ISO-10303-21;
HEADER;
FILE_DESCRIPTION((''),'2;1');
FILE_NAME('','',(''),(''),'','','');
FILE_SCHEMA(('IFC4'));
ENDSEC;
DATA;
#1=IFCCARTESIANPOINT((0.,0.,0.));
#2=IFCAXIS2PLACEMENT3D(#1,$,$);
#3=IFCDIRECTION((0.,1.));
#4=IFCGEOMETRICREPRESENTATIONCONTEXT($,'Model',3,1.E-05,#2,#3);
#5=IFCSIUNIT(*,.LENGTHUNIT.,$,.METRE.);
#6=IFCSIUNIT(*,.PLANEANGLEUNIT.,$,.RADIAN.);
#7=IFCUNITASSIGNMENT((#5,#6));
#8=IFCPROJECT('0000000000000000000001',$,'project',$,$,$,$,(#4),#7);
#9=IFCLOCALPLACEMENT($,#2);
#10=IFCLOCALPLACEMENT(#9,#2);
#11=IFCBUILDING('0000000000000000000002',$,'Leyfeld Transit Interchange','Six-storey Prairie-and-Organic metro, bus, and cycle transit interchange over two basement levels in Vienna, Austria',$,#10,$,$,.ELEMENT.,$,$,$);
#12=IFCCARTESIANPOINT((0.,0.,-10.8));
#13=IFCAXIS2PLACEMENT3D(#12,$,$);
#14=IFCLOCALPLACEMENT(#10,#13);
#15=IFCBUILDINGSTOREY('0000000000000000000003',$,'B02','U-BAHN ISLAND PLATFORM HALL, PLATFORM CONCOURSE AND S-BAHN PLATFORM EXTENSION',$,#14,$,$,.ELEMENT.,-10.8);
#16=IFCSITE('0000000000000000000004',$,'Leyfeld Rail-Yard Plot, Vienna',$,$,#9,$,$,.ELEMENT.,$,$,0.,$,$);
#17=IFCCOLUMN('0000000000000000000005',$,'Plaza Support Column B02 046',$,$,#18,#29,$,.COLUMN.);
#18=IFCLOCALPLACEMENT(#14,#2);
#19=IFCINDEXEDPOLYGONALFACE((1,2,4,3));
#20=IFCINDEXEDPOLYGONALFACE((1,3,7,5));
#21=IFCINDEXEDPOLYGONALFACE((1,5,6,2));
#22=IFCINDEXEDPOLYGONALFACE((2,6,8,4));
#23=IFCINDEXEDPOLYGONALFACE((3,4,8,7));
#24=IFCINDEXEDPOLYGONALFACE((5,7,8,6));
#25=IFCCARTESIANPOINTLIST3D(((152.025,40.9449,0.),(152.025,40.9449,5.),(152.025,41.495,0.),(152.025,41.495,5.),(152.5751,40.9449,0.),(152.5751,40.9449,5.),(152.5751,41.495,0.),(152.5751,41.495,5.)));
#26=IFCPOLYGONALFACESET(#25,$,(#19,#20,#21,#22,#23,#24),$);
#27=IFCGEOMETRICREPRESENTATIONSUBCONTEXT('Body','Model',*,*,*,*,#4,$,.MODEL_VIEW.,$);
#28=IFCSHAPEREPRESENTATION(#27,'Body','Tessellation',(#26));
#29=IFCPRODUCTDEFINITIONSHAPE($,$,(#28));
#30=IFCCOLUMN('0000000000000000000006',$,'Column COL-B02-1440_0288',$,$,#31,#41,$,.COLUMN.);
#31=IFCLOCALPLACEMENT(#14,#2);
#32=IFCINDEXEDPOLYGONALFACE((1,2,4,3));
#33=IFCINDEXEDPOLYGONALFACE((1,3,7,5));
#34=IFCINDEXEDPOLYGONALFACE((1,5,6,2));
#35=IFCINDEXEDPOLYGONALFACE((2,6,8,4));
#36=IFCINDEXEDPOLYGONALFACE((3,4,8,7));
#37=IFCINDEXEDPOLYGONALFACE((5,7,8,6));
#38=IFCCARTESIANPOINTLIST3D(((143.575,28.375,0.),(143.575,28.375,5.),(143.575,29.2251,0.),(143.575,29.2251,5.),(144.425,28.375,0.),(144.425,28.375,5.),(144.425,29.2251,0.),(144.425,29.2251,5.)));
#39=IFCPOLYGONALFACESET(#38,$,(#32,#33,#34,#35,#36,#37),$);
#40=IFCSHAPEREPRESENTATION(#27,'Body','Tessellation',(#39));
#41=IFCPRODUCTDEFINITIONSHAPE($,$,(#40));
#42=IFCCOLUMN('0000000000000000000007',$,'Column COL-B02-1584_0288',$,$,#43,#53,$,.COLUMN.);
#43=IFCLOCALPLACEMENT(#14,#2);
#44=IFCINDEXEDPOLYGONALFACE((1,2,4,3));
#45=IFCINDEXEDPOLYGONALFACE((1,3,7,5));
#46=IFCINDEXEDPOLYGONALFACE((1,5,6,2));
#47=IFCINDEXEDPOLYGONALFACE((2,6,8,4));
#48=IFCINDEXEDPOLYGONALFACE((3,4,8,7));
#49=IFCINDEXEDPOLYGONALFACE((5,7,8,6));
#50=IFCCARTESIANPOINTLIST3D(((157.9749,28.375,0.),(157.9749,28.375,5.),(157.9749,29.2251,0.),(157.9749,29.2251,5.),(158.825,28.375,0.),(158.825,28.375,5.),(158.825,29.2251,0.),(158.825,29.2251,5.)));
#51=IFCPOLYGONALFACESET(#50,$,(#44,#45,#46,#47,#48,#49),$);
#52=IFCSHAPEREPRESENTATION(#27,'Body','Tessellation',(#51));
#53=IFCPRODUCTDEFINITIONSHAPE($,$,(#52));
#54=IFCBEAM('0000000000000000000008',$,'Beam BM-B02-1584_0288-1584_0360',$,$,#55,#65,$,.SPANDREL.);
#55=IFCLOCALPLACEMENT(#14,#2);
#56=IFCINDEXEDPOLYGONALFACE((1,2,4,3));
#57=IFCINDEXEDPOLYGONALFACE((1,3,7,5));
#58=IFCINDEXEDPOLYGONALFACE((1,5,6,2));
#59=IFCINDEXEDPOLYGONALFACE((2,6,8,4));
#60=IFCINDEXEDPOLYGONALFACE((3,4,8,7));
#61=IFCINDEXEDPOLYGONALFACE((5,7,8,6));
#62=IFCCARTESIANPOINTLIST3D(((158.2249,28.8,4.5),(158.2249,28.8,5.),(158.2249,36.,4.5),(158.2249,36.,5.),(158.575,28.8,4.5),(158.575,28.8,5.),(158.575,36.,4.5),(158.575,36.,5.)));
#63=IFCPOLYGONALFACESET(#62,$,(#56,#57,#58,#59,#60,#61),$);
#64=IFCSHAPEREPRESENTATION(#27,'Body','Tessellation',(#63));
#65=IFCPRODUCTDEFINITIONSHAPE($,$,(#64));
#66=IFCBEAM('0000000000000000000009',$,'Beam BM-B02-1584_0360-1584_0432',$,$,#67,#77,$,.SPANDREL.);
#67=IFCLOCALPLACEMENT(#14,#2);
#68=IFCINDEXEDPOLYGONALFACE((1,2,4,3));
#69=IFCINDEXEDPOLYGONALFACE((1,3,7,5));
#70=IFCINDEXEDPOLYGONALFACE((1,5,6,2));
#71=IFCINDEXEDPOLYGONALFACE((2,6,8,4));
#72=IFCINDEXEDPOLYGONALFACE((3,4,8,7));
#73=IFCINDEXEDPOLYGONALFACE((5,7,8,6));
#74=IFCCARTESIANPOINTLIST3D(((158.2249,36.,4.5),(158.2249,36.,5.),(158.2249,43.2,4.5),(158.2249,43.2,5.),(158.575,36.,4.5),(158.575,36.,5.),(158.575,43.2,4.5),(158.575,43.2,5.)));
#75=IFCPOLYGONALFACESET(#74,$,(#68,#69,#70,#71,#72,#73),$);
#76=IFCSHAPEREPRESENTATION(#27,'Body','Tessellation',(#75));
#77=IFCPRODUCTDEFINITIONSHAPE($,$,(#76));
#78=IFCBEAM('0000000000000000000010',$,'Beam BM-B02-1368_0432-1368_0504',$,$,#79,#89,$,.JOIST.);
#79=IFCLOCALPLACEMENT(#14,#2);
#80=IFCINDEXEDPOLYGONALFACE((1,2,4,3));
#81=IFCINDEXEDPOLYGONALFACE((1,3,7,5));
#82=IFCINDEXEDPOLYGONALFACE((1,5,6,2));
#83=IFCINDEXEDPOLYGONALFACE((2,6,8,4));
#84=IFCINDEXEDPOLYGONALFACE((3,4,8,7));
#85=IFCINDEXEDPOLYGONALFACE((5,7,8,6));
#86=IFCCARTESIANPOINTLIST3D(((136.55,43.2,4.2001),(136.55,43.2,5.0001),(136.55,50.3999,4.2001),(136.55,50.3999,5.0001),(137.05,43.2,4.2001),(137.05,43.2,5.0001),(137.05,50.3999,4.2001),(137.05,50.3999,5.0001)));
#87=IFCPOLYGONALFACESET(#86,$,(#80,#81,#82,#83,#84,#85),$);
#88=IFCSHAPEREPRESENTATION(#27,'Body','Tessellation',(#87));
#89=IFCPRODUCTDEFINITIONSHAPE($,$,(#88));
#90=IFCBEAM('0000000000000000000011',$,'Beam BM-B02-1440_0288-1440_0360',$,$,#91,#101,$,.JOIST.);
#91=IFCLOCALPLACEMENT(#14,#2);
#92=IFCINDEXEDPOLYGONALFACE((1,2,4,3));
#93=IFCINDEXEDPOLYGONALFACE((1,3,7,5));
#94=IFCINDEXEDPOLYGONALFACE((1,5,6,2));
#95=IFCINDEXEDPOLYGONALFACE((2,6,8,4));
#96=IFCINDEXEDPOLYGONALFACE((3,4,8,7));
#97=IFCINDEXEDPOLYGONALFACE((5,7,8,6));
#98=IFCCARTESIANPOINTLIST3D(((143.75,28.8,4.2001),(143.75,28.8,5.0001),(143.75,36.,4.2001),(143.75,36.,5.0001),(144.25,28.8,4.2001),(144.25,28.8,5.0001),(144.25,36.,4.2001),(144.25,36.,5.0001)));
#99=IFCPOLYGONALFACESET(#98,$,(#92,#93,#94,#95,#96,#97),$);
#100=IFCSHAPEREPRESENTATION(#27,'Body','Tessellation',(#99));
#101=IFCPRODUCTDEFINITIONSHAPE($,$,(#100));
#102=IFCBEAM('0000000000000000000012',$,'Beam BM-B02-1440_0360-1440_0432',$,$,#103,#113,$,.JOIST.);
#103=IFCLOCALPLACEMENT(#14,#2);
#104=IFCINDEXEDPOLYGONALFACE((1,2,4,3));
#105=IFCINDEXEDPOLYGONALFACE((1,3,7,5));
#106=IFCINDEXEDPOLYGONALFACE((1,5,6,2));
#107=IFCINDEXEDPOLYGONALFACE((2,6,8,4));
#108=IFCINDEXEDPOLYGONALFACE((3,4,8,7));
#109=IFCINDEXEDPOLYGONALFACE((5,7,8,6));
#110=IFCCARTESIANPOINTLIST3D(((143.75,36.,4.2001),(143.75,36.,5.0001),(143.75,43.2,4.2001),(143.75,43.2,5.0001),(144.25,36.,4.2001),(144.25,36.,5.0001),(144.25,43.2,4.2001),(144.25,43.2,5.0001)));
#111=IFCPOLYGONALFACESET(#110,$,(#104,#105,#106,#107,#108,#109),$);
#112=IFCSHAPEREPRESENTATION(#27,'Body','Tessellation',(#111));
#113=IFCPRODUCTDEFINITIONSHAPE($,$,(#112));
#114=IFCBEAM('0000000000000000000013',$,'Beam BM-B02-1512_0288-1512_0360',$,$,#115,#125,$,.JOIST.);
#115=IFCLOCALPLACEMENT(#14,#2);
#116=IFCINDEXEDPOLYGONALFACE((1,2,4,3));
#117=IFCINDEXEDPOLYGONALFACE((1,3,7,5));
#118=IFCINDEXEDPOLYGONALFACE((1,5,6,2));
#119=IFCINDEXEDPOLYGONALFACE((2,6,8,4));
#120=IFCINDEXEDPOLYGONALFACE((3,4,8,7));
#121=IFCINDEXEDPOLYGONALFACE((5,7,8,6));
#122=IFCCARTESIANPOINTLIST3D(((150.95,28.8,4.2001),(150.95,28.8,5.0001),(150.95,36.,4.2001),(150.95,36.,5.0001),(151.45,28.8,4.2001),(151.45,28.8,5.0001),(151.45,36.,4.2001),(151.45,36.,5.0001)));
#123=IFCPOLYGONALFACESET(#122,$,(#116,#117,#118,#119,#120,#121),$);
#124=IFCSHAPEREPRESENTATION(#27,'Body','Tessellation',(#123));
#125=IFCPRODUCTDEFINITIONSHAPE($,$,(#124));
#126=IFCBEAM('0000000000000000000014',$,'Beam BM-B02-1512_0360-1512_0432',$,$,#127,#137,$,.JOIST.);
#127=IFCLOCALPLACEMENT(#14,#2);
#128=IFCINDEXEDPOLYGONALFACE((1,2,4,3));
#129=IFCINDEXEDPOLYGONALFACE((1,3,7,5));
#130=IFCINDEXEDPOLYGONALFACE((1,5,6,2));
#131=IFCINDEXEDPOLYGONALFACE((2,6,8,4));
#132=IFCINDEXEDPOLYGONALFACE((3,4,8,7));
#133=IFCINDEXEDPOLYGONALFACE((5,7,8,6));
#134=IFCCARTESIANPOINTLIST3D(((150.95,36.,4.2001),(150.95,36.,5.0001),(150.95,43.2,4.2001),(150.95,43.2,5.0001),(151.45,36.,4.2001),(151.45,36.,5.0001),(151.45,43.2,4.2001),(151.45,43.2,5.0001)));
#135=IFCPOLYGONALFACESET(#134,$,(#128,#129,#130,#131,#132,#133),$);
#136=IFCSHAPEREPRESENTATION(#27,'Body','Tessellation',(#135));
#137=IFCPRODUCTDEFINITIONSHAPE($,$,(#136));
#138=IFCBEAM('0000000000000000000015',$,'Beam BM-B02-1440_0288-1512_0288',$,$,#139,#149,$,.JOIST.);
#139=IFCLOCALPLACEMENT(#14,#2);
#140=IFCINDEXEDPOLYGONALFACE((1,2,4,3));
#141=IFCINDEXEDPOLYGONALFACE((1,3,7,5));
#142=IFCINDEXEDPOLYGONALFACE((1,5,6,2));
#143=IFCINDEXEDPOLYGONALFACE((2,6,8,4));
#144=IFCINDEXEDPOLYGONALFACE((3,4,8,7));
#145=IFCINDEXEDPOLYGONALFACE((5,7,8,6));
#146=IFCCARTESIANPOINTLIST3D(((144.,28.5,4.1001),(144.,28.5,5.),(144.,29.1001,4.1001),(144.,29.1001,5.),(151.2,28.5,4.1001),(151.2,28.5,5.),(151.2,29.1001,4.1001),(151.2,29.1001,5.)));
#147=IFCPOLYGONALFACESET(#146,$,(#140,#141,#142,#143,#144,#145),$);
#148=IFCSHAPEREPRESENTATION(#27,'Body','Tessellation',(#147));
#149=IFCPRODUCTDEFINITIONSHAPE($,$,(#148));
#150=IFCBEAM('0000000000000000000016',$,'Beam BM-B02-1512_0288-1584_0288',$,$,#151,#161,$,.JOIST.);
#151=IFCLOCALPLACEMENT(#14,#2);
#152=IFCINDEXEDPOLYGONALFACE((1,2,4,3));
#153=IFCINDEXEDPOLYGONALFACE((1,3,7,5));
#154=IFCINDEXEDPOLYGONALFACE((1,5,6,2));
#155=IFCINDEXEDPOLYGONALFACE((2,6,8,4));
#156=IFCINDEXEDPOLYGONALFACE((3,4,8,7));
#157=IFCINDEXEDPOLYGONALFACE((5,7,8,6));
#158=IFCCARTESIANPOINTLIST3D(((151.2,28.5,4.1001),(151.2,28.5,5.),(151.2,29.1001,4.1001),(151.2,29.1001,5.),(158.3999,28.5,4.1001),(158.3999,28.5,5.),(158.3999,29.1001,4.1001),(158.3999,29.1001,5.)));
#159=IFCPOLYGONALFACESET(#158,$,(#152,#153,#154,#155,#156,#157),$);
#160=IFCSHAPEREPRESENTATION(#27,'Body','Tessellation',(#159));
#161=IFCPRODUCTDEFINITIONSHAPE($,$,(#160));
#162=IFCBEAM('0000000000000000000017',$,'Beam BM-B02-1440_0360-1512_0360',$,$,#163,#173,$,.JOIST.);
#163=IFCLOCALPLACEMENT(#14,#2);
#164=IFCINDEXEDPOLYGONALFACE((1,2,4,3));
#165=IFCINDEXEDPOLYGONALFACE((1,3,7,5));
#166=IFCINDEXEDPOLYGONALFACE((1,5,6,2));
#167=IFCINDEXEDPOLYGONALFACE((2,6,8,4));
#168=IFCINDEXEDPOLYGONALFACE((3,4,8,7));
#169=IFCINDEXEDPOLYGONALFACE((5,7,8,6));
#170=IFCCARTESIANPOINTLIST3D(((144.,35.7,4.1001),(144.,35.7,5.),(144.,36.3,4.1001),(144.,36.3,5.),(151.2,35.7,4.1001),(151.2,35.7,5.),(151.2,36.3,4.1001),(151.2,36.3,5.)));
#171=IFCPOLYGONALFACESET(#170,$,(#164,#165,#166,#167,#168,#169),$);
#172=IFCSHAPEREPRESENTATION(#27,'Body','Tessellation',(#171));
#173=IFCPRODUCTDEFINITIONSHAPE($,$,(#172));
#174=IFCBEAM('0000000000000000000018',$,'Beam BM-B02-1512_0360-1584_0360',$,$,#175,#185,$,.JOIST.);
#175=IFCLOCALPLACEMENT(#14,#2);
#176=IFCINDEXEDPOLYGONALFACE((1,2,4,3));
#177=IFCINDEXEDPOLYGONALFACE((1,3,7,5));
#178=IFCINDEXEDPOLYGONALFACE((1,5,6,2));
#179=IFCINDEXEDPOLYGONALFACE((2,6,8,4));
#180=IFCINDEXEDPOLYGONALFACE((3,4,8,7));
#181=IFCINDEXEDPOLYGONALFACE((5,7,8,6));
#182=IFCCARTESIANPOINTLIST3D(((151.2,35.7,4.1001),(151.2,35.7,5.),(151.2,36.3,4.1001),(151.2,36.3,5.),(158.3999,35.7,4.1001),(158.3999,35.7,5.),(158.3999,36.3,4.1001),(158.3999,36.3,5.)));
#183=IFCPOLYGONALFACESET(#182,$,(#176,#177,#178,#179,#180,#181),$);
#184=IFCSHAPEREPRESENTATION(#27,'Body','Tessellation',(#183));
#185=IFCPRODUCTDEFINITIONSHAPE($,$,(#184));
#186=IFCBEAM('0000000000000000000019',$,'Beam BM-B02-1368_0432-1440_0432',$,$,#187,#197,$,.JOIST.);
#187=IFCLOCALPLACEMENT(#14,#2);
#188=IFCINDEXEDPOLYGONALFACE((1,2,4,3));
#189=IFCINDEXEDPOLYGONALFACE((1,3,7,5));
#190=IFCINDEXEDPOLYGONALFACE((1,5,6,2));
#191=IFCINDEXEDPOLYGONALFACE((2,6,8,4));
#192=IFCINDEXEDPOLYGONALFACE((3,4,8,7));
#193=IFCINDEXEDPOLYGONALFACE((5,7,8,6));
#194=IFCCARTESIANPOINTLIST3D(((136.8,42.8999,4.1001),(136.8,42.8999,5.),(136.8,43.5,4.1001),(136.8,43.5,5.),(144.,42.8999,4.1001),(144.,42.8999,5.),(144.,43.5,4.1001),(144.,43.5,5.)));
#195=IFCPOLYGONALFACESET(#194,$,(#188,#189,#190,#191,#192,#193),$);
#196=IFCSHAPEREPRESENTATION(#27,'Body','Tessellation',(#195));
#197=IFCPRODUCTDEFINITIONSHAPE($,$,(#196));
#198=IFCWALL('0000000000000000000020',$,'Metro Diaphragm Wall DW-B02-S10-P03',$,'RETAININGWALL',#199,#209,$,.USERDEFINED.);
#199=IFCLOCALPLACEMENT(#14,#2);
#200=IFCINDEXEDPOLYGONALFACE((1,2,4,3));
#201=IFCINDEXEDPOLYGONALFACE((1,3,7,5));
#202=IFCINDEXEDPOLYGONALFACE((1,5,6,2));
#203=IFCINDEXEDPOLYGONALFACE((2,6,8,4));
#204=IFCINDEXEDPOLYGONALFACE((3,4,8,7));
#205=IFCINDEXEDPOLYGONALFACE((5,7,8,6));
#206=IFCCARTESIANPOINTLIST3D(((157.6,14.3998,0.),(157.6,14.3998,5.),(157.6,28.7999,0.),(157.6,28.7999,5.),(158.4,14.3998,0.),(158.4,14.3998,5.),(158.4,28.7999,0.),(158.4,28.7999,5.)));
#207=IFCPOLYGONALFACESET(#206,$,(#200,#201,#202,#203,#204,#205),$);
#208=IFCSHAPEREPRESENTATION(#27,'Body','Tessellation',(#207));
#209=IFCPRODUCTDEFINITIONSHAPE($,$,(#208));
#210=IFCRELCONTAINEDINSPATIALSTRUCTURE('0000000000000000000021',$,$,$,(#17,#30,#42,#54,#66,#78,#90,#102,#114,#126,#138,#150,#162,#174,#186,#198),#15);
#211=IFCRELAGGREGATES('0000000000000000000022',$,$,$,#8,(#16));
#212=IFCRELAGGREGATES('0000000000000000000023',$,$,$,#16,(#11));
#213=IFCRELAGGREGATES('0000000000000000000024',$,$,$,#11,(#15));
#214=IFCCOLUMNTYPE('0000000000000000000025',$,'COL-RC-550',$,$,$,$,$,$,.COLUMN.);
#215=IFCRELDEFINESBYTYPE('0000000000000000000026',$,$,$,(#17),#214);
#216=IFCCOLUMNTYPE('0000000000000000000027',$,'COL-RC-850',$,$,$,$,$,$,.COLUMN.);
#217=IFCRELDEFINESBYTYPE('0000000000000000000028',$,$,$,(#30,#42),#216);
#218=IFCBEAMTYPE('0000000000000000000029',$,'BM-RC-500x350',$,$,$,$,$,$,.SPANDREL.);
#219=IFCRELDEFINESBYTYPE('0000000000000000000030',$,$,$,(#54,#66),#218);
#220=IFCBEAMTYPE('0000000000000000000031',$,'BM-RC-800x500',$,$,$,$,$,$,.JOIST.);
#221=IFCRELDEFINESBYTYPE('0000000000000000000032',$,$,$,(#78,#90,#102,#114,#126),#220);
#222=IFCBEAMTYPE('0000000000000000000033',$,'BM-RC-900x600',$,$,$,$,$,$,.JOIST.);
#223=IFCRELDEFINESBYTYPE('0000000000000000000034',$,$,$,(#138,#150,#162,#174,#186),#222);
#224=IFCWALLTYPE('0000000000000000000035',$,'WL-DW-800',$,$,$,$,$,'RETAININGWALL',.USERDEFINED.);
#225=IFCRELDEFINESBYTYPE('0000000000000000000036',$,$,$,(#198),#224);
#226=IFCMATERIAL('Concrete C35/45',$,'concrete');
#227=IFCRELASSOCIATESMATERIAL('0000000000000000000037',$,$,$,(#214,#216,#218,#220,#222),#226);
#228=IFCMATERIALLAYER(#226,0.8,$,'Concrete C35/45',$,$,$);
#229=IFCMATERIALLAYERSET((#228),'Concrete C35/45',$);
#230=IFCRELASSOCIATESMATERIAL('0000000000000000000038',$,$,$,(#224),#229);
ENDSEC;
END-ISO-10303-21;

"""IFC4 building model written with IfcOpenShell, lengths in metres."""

from ifc_helpers import new_model, si_unit, direction, frame, frame_2d, origin, origin_2d, place, context, subcontext, project, spatial, rectangle, extrude, material, layer, layer_set, material_profile, profile_set, type_object, element, save


model = new_model("IFC4")

# Units and contexts
model_context = context("Model", 3, precision=1e-05, world=origin(), true_north=direction((0.0, 1.0)))
body_context = subcontext(model_context, "Body", "Model", "MODEL_VIEW")
ifc_project = project(units=[si_unit("LENGTHUNIT", "METRE"), si_unit("PLANEANGLEUNIT", "RADIAN")], contexts=[model_context])

# Site, building, storey
site_placement = place(None, origin())
site = spatial("IfcSite", under=ifc_project, at=site_placement, Name="Leyfeld Rail-Yard Plot, Vienna", CompositionType="ELEMENT", RefElevation=0.0)
building_placement = place(site_placement, origin())
building = spatial("IfcBuilding", under=site, at=building_placement, Name="Leyfeld Transit Interchange", Description="Six-storey Prairie-and-Organic metro, bus, and cycle transit interchange over two basement levels in Vienna, Austria", CompositionType="ELEMENT")
storey_placement = place(building_placement, frame((0.0, 0.0, -10.8)))
storey = spatial("IfcBuildingStorey", under=building, at=storey_placement, Name="B02", Description="U-BAHN ISLAND PLATFORM HALL, PLATFORM CONCOURSE AND S-BAHN PLATFORM EXTENSION", CompositionType="ELEMENT", Elevation=-10.8)

# Shared definitions
ifc_material = material(Name="Concrete C35/45", Category="concrete")

# Columns
ifc_material_profile_1 = material_profile(ifc_material, rectangle(XDim=0.55, YDim=0.55, at=origin_2d()), Name="RC 550x550")
ifc_profile_set_1 = profile_set([ifc_material_profile_1], Name="Concrete C35/45")
column_type_1 = type_object("IfcColumnType", Name="COL-RC-550", PredefinedType="COLUMN", material=ifc_profile_set_1)
for number, where, z_axis, x_axis, name in (
    (1, (152.3, 41.22, 0.0), (0.0, 0.0, 1.0), (1.0, 0.0, 0.0), "Plaza Support Column B02 046"),
):
    element("IfcColumn", number, at=place(storey_placement, frame(where, z_axis=z_axis, x_axis=x_axis)), inside=storey, type_object=column_type_1, Name=name, PredefinedType="COLUMN", context=body_context, shape_type="SweptSolid", body=[
        extrude(rectangle(XDim=0.55, YDim=0.55, at=origin_2d()), origin(), (0.0, 0.0, 1.0), 5.0),
    ])
ifc_material_profile_2 = material_profile(ifc_material, rectangle(XDim=0.8501, YDim=0.8501, at=origin_2d()), Name="RC 850x850")
ifc_profile_set_2 = profile_set([ifc_material_profile_2], Name="Concrete C35/45")
column_type_2 = type_object("IfcColumnType", Name="COL-RC-850", PredefinedType="COLUMN", material=ifc_profile_set_2)
for number, where, z_axis, x_axis, name in (
    (2, (144.0, 28.8, 0.0), (0.0, 0.0, 1.0), (1.0, 0.0, 0.0), "Column COL-B02-1440_0288"),
    (3, (158.3999, 28.8, 0.0), (0.0, 0.0, 1.0), (1.0, 0.0, 0.0), "Column COL-B02-1584_0288"),
):
    element("IfcColumn", number, at=place(storey_placement, frame(where, z_axis=z_axis, x_axis=x_axis)), inside=storey, type_object=column_type_2, Name=name, PredefinedType="COLUMN", context=body_context, shape_type="SweptSolid", body=[
        extrude(rectangle(XDim=0.8501, YDim=0.8501, at=origin_2d()), origin(), (0.0, 0.0, 1.0), 5.0),
    ])

# Beams
ifc_material_profile_3 = material_profile(ifc_material, rectangle(XDim=0.3501, YDim=0.5, at=origin_2d()), Name="RC 500x350")
ifc_profile_set_3 = profile_set([ifc_material_profile_3], Name="Concrete C35/45")
beam_type_1 = type_object("IfcBeamType", Name="BM-RC-500x350", PredefinedType="SPANDREL", material=ifc_profile_set_3)
for number, where, z_axis, x_axis, name in (
    (4, (158.3999, 28.8, 4.75), (0.0, 1.0, 0.0), (-1.0, 0.0, 0.0), "Beam BM-B02-1584_0288-1584_0360"),
    (5, (158.3999, 36.0, 4.75), (0.0, 1.0, 0.0), (-1.0, 0.0, 0.0), "Beam BM-B02-1584_0360-1584_0432"),
):
    element("IfcBeam", number, at=place(storey_placement, frame(where, z_axis=z_axis, x_axis=x_axis)), inside=storey, type_object=beam_type_1, Name=name, PredefinedType="SPANDREL", context=body_context, shape_type="SweptSolid", body=[
        extrude(rectangle(XDim=0.3501, YDim=0.5, at=origin_2d()), origin(), (0.0, 0.0, 1.0), 7.2),
    ])
ifc_material_profile_4 = material_profile(ifc_material, rectangle(XDim=0.5, YDim=0.8, at=origin_2d()), Name="RC 800x500")
ifc_profile_set_4 = profile_set([ifc_material_profile_4], Name="Concrete C35/45")
beam_type_2 = type_object("IfcBeamType", Name="BM-RC-800x500", PredefinedType="JOIST", material=ifc_profile_set_4)
for number, where, z_axis, x_axis, name in (
    (6, (136.8, 43.2, 4.6001), (0.0, 1.0, 0.0), (-1.0, 0.0, 0.0), "Beam BM-B02-1368_0432-1368_0504"),
    (7, (144.0, 28.8, 4.6001), (0.0, 1.0, 0.0), (-1.0, 0.0, 0.0), "Beam BM-B02-1440_0288-1440_0360"),
    (8, (144.0, 36.0, 4.6001), (0.0, 1.0, 0.0), (-1.0, 0.0, 0.0), "Beam BM-B02-1440_0360-1440_0432"),
    (9, (151.2, 28.8, 4.6001), (0.0, 1.0, 0.0), (-1.0, 0.0, 0.0), "Beam BM-B02-1512_0288-1512_0360"),
    (10, (151.2, 36.0, 4.6001), (0.0, 1.0, 0.0), (-1.0, 0.0, 0.0), "Beam BM-B02-1512_0360-1512_0432"),
):
    element("IfcBeam", number, at=place(storey_placement, frame(where, z_axis=z_axis, x_axis=x_axis)), inside=storey, type_object=beam_type_2, Name=name, PredefinedType="JOIST", context=body_context, shape_type="SweptSolid", body=[
        extrude(rectangle(XDim=0.5, YDim=0.8, at=origin_2d()), origin(), (0.0, 0.0, 1.0), 7.2),
    ])
ifc_material_profile_5 = material_profile(ifc_material, rectangle(XDim=0.6001, YDim=0.8999, at=origin_2d()), Name="RC 900x600")
ifc_profile_set_5 = profile_set([ifc_material_profile_5], Name="Concrete C35/45")
beam_type_3 = type_object("IfcBeamType", Name="BM-RC-900x600", PredefinedType="JOIST", material=ifc_profile_set_5)
for number, where, z_axis, x_axis, name in (
    (11, (144.0, 28.8, 4.55), (1.0, 0.0, 0.0), (0.0, 1.0, 0.0), "Beam BM-B02-1440_0288-1512_0288"),
    (12, (151.2, 28.8, 4.55), (1.0, 0.0, 0.0), (0.0, 1.0, 0.0), "Beam BM-B02-1512_0288-1584_0288"),
    (13, (144.0, 36.0, 4.55), (1.0, 0.0, 0.0), (0.0, 1.0, 0.0), "Beam BM-B02-1440_0360-1512_0360"),
    (14, (151.2, 36.0, 4.55), (1.0, 0.0, 0.0), (0.0, 1.0, 0.0), "Beam BM-B02-1512_0360-1584_0360"),
    (15, (136.8, 43.2, 4.55), (1.0, 0.0, 0.0), (0.0, 1.0, 0.0), "Beam BM-B02-1368_0432-1440_0432"),
):
    element("IfcBeam", number, at=place(storey_placement, frame(where, z_axis=z_axis, x_axis=x_axis)), inside=storey, type_object=beam_type_3, Name=name, PredefinedType="JOIST", context=body_context, shape_type="SweptSolid", body=[
        extrude(rectangle(XDim=0.6001, YDim=0.8999, at=origin_2d()), origin(), (0.0, 0.0, 1.0), 7.2),
    ])

# Wall
ifc_layer = layer(ifc_material, 0.8, Name="Concrete C35/45")
ifc_layer_set = layer_set([ifc_layer], Name="Concrete C35/45")
wall_type = type_object("IfcWallType", Name="WL-DW-800", ElementType="RETAININGWALL", PredefinedType="USERDEFINED", material=ifc_layer_set)
wall_placement = place(storey_placement, frame((158.0, 28.8, 0.0), z_axis=(0.0, 0.0, 1.0), x_axis=(0.0, -1.0, 0.0)))
element("IfcWall", 16, at=wall_placement, inside=storey, type_object=wall_type, Name="Metro Diaphragm Wall DW-B02-S10-P03", ObjectType="RETAININGWALL", PredefinedType="USERDEFINED", context=body_context, shape_type="SweptSolid", body=[
    extrude(rectangle(XDim=14.4001, YDim=0.8, at=frame_2d((7.2002, 0.0))), origin(), (0.0, 0.0, 1.0), 5.0),
])

save(model, "model.ifc")
